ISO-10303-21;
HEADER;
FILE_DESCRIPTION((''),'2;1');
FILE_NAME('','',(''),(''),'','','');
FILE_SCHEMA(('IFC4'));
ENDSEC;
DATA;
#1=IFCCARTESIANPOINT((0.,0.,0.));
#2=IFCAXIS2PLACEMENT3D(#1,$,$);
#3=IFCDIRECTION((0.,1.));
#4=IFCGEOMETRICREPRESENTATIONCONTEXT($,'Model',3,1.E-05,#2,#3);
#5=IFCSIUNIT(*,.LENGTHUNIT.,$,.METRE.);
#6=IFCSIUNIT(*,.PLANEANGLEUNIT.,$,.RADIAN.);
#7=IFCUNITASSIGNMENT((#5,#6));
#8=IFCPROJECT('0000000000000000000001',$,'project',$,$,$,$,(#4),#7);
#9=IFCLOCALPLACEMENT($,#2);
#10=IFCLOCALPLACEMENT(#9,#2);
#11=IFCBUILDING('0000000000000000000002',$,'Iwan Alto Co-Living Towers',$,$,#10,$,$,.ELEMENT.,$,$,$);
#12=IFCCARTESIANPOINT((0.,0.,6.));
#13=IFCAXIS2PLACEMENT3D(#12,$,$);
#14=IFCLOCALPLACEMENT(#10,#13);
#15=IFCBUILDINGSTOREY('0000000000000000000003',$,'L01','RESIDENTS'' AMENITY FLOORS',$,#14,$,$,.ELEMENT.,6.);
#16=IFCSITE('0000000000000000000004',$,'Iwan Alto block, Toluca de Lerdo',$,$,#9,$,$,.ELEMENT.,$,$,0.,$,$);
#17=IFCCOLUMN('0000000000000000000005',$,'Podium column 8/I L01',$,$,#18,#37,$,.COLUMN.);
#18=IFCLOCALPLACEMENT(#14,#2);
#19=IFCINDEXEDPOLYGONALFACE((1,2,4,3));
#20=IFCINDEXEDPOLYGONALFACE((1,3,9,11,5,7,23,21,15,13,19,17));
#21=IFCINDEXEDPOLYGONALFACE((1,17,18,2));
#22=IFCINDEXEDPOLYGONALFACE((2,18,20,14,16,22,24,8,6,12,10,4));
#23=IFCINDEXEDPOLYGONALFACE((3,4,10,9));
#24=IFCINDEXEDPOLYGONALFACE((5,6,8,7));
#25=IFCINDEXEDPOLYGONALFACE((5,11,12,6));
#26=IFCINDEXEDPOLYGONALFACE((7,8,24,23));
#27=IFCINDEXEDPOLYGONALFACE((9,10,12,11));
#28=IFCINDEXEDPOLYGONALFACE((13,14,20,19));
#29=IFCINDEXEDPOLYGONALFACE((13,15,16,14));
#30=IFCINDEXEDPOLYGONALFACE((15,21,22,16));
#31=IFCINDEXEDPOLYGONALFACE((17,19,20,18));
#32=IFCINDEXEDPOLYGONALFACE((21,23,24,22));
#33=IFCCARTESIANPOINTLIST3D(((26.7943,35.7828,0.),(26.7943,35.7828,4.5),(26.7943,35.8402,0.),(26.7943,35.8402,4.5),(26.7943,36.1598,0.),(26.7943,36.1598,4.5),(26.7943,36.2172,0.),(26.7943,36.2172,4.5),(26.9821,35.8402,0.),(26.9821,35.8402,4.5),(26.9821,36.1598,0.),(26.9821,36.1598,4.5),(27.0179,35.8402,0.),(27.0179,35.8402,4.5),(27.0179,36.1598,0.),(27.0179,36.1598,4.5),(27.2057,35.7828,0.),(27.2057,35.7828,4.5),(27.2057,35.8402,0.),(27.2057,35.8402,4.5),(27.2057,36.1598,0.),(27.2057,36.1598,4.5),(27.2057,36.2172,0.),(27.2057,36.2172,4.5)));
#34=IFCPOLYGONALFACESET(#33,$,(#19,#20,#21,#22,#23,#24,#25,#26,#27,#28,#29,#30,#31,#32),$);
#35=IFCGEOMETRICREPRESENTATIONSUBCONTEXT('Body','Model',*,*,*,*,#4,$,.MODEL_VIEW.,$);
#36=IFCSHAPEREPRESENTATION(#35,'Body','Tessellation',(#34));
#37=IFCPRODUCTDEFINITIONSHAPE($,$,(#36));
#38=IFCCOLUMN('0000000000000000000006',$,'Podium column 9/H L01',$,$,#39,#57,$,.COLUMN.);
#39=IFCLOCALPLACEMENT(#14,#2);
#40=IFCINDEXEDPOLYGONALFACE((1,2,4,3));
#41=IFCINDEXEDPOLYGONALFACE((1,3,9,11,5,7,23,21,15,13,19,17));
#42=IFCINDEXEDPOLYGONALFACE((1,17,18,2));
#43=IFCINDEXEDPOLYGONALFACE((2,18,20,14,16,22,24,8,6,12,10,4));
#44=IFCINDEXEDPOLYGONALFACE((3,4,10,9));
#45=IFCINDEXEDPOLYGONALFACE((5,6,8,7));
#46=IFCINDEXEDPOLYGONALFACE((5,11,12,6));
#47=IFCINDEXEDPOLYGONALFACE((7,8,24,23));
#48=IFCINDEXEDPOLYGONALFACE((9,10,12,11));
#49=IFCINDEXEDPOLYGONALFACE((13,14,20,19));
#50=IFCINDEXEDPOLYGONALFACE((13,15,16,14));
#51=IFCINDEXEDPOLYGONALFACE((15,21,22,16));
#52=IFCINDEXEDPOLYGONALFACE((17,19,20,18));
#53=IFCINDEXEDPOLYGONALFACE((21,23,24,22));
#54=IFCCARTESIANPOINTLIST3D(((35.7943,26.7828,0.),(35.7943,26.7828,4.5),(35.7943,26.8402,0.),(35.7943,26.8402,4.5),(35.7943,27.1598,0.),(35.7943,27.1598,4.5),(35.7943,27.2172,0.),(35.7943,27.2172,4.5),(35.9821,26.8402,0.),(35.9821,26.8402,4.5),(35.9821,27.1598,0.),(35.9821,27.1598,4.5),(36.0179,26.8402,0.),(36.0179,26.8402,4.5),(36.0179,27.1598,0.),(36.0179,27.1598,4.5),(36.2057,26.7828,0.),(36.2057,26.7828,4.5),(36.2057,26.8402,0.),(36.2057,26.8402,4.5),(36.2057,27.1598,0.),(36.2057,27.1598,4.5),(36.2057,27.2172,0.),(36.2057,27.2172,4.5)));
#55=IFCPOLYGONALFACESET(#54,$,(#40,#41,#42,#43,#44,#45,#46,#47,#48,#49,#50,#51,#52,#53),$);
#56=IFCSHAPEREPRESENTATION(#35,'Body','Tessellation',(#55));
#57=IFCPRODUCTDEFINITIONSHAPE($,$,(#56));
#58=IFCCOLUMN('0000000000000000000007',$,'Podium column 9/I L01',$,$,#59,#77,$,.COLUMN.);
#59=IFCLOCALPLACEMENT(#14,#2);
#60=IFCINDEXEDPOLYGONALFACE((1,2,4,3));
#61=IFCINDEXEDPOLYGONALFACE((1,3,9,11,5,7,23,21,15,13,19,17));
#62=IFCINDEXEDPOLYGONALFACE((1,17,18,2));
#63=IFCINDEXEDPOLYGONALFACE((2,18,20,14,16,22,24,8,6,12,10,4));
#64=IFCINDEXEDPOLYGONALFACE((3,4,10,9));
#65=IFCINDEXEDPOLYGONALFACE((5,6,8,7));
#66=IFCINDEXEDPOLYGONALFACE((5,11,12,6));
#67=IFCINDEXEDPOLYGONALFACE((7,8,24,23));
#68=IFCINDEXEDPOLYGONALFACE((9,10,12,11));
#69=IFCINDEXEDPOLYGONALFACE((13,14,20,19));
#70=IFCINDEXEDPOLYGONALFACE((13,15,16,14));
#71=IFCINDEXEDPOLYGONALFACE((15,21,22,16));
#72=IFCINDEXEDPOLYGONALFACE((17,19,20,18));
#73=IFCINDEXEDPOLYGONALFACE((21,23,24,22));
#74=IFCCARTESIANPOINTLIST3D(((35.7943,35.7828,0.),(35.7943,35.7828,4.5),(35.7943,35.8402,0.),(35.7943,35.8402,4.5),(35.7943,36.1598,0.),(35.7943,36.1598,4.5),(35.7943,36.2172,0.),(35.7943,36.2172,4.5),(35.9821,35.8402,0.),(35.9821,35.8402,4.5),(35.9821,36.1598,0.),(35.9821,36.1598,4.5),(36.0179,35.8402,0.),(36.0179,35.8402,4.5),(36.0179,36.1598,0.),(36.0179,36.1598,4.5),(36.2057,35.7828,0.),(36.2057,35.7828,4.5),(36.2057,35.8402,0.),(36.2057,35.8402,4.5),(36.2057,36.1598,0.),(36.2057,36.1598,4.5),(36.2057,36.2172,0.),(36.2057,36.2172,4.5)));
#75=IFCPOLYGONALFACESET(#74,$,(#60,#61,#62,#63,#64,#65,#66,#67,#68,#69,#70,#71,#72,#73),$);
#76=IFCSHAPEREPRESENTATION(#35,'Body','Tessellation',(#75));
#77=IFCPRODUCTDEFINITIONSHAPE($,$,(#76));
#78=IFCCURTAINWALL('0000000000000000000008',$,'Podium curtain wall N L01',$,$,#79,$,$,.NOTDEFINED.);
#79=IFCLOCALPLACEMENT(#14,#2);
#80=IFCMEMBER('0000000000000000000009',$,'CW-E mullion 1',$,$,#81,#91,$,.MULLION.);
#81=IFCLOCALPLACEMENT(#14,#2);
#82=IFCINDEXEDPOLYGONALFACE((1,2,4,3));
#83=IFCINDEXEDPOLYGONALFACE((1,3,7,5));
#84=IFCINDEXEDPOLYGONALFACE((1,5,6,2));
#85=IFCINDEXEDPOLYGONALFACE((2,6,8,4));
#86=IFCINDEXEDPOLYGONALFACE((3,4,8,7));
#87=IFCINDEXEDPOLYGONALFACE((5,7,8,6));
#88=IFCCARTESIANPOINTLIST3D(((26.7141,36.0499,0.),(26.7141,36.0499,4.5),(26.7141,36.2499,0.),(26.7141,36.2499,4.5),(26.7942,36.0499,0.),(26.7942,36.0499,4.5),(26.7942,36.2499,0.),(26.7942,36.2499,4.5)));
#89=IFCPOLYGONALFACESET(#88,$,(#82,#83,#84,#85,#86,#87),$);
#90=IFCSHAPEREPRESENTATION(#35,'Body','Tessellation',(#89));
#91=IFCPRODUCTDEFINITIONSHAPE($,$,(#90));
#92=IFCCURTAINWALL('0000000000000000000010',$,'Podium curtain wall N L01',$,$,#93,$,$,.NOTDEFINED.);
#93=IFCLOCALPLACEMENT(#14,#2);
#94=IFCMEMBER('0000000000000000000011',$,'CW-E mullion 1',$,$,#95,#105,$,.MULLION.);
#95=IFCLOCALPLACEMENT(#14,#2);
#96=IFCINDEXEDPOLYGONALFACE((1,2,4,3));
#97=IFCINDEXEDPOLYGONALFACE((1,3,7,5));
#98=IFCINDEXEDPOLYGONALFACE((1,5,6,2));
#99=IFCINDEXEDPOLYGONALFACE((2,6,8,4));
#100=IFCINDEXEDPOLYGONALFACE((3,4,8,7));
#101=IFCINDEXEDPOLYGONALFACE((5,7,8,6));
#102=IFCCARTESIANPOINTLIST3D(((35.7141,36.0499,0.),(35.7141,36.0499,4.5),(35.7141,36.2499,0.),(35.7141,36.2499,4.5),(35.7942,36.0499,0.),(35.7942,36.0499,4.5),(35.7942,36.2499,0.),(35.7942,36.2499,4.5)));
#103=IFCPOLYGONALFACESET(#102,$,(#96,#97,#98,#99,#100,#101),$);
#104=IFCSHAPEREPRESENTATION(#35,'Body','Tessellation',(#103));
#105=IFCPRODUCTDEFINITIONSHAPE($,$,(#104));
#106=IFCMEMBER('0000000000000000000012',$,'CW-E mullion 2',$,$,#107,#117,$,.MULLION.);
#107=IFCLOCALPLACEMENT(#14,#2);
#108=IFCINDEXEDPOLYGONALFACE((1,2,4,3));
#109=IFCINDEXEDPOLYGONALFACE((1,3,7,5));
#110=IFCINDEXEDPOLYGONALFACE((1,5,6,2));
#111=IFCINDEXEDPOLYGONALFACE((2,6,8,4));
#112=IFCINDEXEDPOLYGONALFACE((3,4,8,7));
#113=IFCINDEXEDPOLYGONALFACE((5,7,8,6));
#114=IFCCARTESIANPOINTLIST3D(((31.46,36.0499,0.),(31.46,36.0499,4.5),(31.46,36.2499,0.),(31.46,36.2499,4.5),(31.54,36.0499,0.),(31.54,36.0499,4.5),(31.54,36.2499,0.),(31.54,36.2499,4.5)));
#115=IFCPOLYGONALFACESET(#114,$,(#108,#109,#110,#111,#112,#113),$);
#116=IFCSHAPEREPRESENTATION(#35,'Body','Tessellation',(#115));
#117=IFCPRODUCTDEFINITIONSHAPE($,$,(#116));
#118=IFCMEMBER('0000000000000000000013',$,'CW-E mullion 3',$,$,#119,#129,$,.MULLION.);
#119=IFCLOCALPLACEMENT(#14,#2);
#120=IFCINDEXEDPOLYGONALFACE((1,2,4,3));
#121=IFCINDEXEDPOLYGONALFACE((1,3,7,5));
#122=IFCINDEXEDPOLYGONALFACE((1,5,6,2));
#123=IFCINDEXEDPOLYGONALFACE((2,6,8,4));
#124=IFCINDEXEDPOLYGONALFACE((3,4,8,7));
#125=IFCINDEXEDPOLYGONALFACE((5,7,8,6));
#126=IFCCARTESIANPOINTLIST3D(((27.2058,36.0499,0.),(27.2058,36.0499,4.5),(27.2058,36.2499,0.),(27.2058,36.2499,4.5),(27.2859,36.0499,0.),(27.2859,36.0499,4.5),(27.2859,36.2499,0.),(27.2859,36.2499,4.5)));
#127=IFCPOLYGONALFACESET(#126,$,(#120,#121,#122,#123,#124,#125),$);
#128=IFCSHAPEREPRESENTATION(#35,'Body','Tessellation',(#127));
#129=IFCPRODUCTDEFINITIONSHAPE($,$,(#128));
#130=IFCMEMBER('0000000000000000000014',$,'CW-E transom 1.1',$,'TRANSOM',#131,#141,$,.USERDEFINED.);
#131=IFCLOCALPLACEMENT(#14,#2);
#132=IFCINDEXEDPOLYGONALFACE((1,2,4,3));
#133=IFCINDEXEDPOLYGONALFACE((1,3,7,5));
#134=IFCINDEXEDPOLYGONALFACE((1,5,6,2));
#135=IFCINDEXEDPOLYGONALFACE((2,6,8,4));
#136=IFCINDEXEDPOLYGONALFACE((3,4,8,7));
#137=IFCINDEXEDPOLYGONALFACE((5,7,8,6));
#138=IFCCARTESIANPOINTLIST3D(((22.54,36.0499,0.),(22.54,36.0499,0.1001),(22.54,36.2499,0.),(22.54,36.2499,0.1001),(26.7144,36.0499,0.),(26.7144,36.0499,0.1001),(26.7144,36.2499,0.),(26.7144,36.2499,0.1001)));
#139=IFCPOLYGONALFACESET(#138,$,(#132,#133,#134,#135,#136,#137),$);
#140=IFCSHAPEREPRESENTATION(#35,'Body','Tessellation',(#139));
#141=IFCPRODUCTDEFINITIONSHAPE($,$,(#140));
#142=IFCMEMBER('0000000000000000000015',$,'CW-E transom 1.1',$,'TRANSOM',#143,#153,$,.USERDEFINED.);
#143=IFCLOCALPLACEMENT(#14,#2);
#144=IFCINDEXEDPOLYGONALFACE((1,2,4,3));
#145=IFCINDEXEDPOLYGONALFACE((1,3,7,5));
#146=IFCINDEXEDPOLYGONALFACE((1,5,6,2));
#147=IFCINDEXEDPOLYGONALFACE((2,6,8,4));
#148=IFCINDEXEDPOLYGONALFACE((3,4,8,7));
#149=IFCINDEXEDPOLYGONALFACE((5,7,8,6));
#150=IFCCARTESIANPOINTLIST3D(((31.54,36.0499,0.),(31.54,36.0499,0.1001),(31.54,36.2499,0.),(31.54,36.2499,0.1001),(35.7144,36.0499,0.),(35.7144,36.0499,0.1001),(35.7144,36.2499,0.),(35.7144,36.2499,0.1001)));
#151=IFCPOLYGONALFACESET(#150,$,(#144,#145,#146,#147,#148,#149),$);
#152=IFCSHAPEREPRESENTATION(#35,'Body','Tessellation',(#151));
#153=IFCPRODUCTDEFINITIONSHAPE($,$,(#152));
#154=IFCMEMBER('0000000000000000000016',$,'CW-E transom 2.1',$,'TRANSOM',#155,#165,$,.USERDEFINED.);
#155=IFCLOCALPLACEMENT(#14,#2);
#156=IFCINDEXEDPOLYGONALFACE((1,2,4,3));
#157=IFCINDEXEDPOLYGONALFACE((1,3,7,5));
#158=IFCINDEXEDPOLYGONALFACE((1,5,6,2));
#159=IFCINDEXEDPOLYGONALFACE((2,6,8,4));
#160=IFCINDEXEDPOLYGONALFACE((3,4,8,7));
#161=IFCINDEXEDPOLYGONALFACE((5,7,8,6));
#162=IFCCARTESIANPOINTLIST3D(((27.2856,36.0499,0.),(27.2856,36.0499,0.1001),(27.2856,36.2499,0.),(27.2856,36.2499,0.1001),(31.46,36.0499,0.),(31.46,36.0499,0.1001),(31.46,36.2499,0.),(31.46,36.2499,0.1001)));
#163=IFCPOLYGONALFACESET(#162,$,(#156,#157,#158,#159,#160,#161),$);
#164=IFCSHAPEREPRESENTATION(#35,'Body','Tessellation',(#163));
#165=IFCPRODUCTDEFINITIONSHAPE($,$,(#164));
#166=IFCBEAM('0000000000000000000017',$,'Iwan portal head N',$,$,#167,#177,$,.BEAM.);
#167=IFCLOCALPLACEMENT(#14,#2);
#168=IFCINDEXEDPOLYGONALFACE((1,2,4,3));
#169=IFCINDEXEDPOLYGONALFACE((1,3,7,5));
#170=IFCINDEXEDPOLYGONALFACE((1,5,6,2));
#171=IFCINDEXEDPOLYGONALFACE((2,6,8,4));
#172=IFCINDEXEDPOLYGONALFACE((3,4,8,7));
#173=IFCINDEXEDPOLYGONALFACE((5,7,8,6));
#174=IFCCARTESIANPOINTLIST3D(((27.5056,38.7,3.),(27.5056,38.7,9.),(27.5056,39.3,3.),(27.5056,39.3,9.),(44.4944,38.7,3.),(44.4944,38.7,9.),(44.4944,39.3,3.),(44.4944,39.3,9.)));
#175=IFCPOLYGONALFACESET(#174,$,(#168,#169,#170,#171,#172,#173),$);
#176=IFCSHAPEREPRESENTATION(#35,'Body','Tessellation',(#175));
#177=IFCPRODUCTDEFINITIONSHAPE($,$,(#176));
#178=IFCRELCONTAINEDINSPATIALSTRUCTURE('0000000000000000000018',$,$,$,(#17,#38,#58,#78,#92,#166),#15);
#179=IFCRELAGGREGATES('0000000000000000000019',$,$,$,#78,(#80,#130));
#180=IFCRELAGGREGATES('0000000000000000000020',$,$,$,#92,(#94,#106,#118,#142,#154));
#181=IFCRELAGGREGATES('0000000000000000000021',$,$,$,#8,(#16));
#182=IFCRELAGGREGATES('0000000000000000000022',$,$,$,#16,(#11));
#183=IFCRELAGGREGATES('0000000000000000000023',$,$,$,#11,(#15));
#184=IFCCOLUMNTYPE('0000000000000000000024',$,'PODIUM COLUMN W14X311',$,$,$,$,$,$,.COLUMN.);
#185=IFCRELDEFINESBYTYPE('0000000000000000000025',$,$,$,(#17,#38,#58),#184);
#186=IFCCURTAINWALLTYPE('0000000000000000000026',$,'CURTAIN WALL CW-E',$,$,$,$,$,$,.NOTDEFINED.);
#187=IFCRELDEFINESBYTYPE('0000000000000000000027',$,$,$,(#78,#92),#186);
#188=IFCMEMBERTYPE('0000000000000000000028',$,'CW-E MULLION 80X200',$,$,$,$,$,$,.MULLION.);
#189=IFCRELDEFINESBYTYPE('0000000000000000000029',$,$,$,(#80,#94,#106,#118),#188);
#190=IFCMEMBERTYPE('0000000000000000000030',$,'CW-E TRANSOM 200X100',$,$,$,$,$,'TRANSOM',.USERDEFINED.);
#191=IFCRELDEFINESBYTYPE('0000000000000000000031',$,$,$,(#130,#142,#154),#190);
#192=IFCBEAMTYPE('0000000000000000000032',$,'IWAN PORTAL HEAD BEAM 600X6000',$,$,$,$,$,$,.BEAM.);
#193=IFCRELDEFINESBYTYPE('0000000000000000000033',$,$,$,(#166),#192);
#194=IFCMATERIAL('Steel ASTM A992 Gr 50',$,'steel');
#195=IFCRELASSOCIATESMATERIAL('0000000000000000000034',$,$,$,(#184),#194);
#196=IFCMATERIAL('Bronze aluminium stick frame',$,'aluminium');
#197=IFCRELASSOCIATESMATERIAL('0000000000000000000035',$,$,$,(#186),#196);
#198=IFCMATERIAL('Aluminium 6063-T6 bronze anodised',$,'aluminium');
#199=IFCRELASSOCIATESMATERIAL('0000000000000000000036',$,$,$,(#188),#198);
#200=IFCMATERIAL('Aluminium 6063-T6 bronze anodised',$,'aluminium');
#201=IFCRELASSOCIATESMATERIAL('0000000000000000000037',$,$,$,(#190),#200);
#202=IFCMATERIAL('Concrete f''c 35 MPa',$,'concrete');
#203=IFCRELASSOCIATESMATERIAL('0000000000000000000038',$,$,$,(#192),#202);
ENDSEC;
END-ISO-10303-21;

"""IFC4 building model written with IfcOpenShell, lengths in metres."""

from ifc_helpers import new_model, si_unit, direction, frame, origin, origin_2d, place, context, subcontext, project, spatial, rectangle, i_section, extrude, material, material_profile, profile_set, type_object, element, aggregate, save


model = new_model("IFC4")

# Units and contexts
model_context = context("Model", 3, precision=1e-05, world=origin(), true_north=direction((0.0, 1.0)))
body_context = subcontext(model_context, "Body", "Model", "MODEL_VIEW")
ifc_project = project(units=[si_unit("LENGTHUNIT", "METRE"), si_unit("PLANEANGLEUNIT", "RADIAN")], contexts=[model_context])

# Site, building, storey
site_placement = place(None, origin())
site = spatial("IfcSite", under=ifc_project, at=site_placement, Name="Iwan Alto block, Toluca de Lerdo", CompositionType="ELEMENT", RefElevation=0.0)
building_placement = place(site_placement, origin())
building = spatial("IfcBuilding", under=site, at=building_placement, Name="Iwan Alto Co-Living Towers", CompositionType="ELEMENT")
storey_placement = place(building_placement, frame((0.0, 0.0, 6.0)))
storey = spatial("IfcBuildingStorey", under=building, at=storey_placement, Name="L01", Description="RESIDENTS' AMENITY FLOORS", CompositionType="ELEMENT", Elevation=6.0)

# Columns
ifc_material_1 = material(Name="Steel ASTM A992 Gr 50", Category="steel")
ifc_material_profile_1 = material_profile(ifc_material_1, i_section(OverallWidth=0.4114, OverallDepth=0.4343, WebThickness=0.0359, FlangeThickness=0.0574, at=origin_2d()), Name="W14X311")
ifc_profile_set_1 = profile_set([ifc_material_profile_1], Name="Steel ASTM A992 Gr 50")
column_type = type_object("IfcColumnType", Name="PODIUM COLUMN W14X311", PredefinedType="COLUMN", material=ifc_profile_set_1)
for number, where, z_axis, x_axis, name in (
    (1, (27.0, 36.0, 0.0), (0.0, 0.0, 1.0), (1.0, 0.0, 0.0), "Podium column 8/I L01"),
    (2, (36.0, 27.0, 0.0), (0.0, 0.0, 1.0), (1.0, 0.0, 0.0), "Podium column 9/H L01"),
    (3, (36.0, 36.0, 0.0), (0.0, 0.0, 1.0), (1.0, 0.0, 0.0), "Podium column 9/I L01"),
):
    element("IfcColumn", number, at=place(storey_placement, frame(where, z_axis=z_axis, x_axis=x_axis)), inside=storey, type_object=column_type, Name=name, PredefinedType="COLUMN", context=body_context, shape_type="SweptSolid", body=[
        extrude(i_section(OverallWidth=0.4114, OverallDepth=0.4343, WebThickness=0.0359, FlangeThickness=0.0574, at=origin_2d()), origin(), (0.0, 0.0, 1.0), 4.5),
    ])

# Curtain wall, member
ifc_material_2 = material(Name="Bronze aluminium stick frame", Category="aluminium")
curtain_wall_type = type_object("IfcCurtainWallType", Name="CURTAIN WALL CW-E", PredefinedType="NOTDEFINED", material=ifc_material_2)
curtain_wall_1_placement = place(storey_placement, origin())
curtain_wall_1 = element("IfcCurtainWall", 4, at=curtain_wall_1_placement, inside=storey, type_object=curtain_wall_type, Name="Podium curtain wall N L01", PredefinedType="NOTDEFINED")
ifc_material_3 = material(Name="Aluminium 6063-T6 bronze anodised", Category="aluminium")
ifc_material_profile_2 = material_profile(ifc_material_3, rectangle(XDim=0.2, YDim=0.0801, at=origin_2d()), Name="AL 80X200")
ifc_profile_set_2 = profile_set([ifc_material_profile_2], Name="Aluminium 6063-T6 bronze anodised")
member_type_1 = type_object("IfcMemberType", Name="CW-E MULLION 80X200", PredefinedType="MULLION", material=ifc_profile_set_2)
member_1_placement = place(storey_placement, frame((26.7542, 36.1499, 0.0), z_axis=(0.0, 0.0, 1.0), x_axis=(0.0, -1.0, 0.0)))
member_1 = element("IfcMember", 5, at=member_1_placement, type_object=member_type_1, Name="CW-E mullion 1", PredefinedType="MULLION", context=body_context, shape_type="SweptSolid", body=[
    extrude(rectangle(XDim=0.2, YDim=0.0801, at=origin_2d()), origin(), (0.0, 0.0, 1.0), 4.5),
])

# Curtain wall, members
curtain_wall_2_placement = place(storey_placement, origin())
curtain_wall_2 = element("IfcCurtainWall", 6, at=curtain_wall_2_placement, inside=storey, type_object=curtain_wall_type, Name="Podium curtain wall N L01", PredefinedType="NOTDEFINED")
member_2_placement = place(storey_placement, frame((35.7542, 36.1499, 0.0), z_axis=(0.0, 0.0, 1.0), x_axis=(0.0, -1.0, 0.0)))
member_2 = element("IfcMember", 7, at=member_2_placement, type_object=member_type_1, Name="CW-E mullion 1", PredefinedType="MULLION", context=body_context, shape_type="SweptSolid", body=[
    extrude(rectangle(XDim=0.2, YDim=0.0801, at=origin_2d()), origin(), (0.0, 0.0, 1.0), 4.5),
])
member_3_placement = place(storey_placement, frame((31.5, 36.1499, 0.0), z_axis=(0.0, 0.0, 1.0), x_axis=(0.0, -1.0, 0.0)))
member_3 = element("IfcMember", 8, at=member_3_placement, type_object=member_type_1, Name="CW-E mullion 2", PredefinedType="MULLION", context=body_context, shape_type="SweptSolid", body=[
    extrude(rectangle(XDim=0.2, YDim=0.0801, at=origin_2d()), origin(), (0.0, 0.0, 1.0), 4.5),
])
member_4_placement = place(storey_placement, frame((27.2458, 36.1499, 0.0), z_axis=(0.0, 0.0, 1.0), x_axis=(0.0, -1.0, 0.0)))
member_4 = element("IfcMember", 9, at=member_4_placement, type_object=member_type_1, Name="CW-E mullion 3", PredefinedType="MULLION", context=body_context, shape_type="SweptSolid", body=[
    extrude(rectangle(XDim=0.2, YDim=0.0801, at=origin_2d()), origin(), (0.0, 0.0, 1.0), 4.5),
])

# Members
ifc_material_4 = material(Name="Aluminium 6063-T6 bronze anodised", Category="aluminium")
ifc_material_profile_3 = material_profile(ifc_material_4, rectangle(XDim=0.2, YDim=0.1001, at=origin_2d()), Name="AL 200X100")
ifc_profile_set_3 = profile_set([ifc_material_profile_3], Name="Aluminium 6063-T6 bronze anodised")
member_type_2 = type_object("IfcMemberType", Name="CW-E TRANSOM 200X100", ElementType="TRANSOM", PredefinedType="USERDEFINED", material=ifc_profile_set_3)
member_5_placement = place(storey_placement, frame((26.7144, 36.1499, 0.05), z_axis=(-1.0, 0.0, 0.0), x_axis=(0.0, -1.0, 0.0)))
member_5 = element("IfcMember", 10, at=member_5_placement, type_object=member_type_2, Name="CW-E transom 1.1", ObjectType="TRANSOM", PredefinedType="USERDEFINED", context=body_context, shape_type="SweptSolid", body=[
    extrude(rectangle(XDim=0.2, YDim=0.1001, at=origin_2d()), origin(), (0.0, 0.0, 1.0), 4.1743),
])
member_6_placement = place(storey_placement, frame((35.7144, 36.1499, 0.05), z_axis=(-1.0, 0.0, 0.0), x_axis=(0.0, -1.0, 0.0)))
member_6 = element("IfcMember", 11, at=member_6_placement, type_object=member_type_2, Name="CW-E transom 1.1", ObjectType="TRANSOM", PredefinedType="USERDEFINED", context=body_context, shape_type="SweptSolid", body=[
    extrude(rectangle(XDim=0.2, YDim=0.1001, at=origin_2d()), origin(), (0.0, 0.0, 1.0), 4.1743),
])
member_7_placement = place(storey_placement, frame((31.46, 36.1499, 0.05), z_axis=(-1.0, 0.0, 0.0), x_axis=(0.0, -1.0, 0.0)))
member_7 = element("IfcMember", 12, at=member_7_placement, type_object=member_type_2, Name="CW-E transom 2.1", ObjectType="TRANSOM", PredefinedType="USERDEFINED", context=body_context, shape_type="SweptSolid", body=[
    extrude(rectangle(XDim=0.2, YDim=0.1001, at=origin_2d()), origin(), (0.0, 0.0, 1.0), 4.1743),
])

# Beam
ifc_material_5 = material(Name="Concrete f'c 35 MPa", Category="concrete")
ifc_material_profile_4 = material_profile(ifc_material_5, rectangle(XDim=0.6001, YDim=6.0, at=origin_2d()), Name="RC 600X6000")
ifc_material_6 = material(Name="Glazed fired clay brick facing", Category="masonry")
ifc_material_profile_5 = material_profile(ifc_material_6, rectangle(XDim=0.6001, YDim=6.0, at=origin_2d()), Name="Glazed brick facing", Category="Finish")
ifc_profile_set_4 = profile_set([ifc_material_profile_4, ifc_material_profile_5], Name="Concrete f'c 35 MPa")
beam_type_1 = type_object("IfcBeamType", Name="IWAN PORTAL HEAD BEAM 600X6000", PredefinedType="BEAM", material=ifc_profile_set_4)
beam_1_placement = place(storey_placement, frame((27.5056, 39.0, 6.0), z_axis=(1.0, 0.0, 0.0), x_axis=(0.0, 1.0, 0.0)))
element("IfcBeam", 13, at=beam_1_placement, inside=storey, type_object=beam_type_1, Name="Iwan portal head N", PredefinedType="BEAM", context=body_context, shape_type="SweptSolid", body=[
    extrude(rectangle(XDim=0.6001, YDim=6.0, at=origin_2d()), origin(), (0.0, 0.0, 1.0), 16.9888),
])

aggregate(curtain_wall_1, [member_1, member_5])
aggregate(curtain_wall_2, [member_2, member_3, member_4, member_6, member_7])

save(model, "model.ifc")
